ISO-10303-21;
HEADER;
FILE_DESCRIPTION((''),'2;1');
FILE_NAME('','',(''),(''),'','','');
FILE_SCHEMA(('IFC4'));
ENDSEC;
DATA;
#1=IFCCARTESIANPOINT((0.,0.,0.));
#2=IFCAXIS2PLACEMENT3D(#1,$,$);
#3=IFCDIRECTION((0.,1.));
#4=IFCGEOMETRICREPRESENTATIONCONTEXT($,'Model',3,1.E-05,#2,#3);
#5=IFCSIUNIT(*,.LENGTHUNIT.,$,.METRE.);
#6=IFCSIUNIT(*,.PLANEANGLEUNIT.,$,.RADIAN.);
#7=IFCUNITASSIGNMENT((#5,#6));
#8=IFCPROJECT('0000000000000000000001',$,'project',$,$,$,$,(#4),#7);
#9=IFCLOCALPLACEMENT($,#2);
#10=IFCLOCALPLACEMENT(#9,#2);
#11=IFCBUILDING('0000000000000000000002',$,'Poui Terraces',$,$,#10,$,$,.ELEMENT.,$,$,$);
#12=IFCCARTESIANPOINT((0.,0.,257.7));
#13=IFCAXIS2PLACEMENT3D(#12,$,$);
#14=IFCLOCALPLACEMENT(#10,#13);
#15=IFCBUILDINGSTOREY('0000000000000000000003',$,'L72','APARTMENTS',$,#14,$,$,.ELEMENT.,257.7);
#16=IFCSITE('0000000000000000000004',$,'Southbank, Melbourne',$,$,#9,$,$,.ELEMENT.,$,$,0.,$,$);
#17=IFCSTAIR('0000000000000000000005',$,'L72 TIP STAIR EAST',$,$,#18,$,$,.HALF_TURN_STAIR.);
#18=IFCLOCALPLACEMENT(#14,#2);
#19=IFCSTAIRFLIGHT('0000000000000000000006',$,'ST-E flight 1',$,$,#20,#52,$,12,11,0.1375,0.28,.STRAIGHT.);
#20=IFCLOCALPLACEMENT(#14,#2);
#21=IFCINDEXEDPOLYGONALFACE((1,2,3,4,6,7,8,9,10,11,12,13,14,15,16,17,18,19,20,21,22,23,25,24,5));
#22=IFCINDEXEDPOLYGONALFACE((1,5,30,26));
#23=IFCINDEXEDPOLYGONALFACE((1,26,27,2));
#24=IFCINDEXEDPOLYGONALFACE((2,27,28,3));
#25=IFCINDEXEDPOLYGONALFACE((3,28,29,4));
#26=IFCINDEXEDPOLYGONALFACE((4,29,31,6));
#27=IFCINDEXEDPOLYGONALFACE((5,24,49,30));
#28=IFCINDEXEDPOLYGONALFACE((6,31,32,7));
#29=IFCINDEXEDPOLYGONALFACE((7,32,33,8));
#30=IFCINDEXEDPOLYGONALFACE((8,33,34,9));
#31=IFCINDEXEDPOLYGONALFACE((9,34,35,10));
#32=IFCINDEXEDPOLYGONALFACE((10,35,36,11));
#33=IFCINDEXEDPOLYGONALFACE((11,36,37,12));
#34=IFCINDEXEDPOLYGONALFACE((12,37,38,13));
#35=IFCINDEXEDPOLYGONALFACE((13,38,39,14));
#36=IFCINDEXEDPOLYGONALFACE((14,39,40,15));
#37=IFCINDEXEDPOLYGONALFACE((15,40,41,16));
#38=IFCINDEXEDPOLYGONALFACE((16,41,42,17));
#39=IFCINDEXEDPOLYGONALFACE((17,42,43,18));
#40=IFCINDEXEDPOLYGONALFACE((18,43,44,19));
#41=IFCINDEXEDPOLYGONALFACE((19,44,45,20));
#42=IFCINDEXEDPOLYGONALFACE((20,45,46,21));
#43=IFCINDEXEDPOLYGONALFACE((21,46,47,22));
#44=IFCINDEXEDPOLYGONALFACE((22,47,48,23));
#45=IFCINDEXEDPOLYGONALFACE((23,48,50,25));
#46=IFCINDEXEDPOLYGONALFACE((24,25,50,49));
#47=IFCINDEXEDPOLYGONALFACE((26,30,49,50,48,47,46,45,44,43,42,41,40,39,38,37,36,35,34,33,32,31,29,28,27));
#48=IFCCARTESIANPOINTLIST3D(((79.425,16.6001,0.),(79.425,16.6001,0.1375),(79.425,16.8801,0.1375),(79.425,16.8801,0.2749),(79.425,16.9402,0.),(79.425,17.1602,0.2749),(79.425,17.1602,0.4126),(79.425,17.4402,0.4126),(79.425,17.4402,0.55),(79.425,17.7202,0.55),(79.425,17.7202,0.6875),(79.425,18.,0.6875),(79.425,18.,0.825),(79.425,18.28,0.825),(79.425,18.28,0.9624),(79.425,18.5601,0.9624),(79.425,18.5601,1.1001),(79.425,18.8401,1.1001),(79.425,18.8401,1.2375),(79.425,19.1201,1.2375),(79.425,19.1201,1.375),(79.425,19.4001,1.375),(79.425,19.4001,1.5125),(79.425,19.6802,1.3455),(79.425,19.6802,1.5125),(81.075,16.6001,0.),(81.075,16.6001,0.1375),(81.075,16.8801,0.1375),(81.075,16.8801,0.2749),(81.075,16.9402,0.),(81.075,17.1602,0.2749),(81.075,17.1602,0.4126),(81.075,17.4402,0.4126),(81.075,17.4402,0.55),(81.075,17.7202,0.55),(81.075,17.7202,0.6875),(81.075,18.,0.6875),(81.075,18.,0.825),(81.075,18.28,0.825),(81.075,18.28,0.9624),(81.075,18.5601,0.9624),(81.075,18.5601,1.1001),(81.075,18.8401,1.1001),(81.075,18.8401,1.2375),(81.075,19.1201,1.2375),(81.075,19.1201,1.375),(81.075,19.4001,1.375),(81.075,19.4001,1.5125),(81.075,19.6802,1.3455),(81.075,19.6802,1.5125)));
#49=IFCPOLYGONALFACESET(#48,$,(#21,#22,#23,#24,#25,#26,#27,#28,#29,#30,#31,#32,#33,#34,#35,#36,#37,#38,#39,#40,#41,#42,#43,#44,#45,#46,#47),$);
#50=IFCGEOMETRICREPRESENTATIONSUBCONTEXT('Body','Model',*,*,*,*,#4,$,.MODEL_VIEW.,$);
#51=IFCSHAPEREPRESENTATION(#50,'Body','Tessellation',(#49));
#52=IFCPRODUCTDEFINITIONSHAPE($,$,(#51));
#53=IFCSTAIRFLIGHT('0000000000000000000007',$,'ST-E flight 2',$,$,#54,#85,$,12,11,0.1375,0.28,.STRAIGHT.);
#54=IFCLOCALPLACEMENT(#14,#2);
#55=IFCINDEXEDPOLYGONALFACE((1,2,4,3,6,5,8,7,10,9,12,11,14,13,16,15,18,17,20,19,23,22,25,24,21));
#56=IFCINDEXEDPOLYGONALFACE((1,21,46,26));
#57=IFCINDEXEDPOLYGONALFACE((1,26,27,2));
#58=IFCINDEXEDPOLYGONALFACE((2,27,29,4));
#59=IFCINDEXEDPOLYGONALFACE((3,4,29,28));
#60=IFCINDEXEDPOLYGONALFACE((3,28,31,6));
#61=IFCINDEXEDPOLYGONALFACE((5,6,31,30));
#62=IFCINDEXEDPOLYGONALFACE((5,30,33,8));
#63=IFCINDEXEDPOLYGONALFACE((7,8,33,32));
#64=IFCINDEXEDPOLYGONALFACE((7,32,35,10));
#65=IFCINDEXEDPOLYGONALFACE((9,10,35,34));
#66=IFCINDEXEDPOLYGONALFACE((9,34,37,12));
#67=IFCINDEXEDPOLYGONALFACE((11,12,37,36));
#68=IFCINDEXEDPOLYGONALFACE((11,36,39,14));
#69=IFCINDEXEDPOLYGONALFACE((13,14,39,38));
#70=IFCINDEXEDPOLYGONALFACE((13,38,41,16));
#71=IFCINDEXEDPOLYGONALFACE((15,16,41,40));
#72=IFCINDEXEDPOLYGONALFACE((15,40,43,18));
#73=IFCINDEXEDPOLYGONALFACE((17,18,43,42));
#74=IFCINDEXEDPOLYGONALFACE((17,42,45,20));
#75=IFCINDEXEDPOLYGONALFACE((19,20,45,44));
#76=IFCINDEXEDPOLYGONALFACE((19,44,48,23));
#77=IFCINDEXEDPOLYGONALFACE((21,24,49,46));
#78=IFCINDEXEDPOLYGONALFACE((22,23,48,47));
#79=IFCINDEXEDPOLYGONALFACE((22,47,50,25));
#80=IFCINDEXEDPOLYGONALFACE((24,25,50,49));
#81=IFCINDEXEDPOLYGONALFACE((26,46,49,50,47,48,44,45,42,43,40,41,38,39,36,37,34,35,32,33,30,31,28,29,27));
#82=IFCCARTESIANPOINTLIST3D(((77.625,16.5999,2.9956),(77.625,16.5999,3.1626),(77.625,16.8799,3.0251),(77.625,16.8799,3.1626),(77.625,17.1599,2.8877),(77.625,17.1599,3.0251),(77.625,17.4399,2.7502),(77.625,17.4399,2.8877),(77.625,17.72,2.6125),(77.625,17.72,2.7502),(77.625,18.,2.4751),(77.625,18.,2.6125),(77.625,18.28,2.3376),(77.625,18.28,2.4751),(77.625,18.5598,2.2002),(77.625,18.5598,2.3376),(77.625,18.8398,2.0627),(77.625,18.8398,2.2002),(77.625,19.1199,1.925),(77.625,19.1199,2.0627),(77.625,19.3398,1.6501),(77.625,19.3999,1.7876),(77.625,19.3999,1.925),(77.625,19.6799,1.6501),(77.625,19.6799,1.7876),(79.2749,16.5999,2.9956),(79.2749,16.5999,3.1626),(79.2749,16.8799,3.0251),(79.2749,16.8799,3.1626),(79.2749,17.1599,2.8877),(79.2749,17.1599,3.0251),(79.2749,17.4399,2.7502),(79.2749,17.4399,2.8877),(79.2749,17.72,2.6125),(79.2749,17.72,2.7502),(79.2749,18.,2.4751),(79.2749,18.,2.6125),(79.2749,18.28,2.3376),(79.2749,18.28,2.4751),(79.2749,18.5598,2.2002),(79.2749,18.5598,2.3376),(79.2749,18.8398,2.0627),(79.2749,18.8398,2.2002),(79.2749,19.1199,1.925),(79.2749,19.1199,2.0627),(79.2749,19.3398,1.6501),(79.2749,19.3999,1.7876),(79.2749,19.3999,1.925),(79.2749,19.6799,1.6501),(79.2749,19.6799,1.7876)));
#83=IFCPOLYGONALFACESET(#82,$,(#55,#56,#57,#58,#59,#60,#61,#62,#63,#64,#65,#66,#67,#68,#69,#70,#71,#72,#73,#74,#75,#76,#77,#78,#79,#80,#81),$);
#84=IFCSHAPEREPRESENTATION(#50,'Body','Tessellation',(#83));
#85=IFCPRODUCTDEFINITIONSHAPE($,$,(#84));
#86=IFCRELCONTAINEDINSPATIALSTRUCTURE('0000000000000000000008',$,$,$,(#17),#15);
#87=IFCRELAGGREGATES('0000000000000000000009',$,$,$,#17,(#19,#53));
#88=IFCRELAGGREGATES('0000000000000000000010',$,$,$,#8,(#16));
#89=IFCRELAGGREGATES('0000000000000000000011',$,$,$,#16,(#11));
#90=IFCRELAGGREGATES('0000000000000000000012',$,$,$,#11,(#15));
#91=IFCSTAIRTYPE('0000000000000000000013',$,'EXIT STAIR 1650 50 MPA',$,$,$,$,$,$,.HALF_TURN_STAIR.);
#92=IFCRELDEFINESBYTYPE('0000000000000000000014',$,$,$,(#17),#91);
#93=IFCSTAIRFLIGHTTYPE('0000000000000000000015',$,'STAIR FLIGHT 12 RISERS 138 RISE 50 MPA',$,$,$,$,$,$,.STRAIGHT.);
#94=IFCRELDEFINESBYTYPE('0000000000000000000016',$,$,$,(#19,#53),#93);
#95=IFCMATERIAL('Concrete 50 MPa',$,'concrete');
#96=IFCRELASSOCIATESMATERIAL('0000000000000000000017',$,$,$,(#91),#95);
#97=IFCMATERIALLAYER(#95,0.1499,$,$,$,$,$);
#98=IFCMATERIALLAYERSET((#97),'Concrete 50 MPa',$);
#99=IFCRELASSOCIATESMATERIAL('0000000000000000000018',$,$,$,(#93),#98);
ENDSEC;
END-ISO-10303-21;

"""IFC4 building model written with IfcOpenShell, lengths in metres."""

from ifc_helpers import new_model, si_unit, direction, frame, origin, place, context, subcontext, project, spatial, polyline, outline, extrude, material, layer, layer_set, type_object, element, aggregate, save


model = new_model("IFC4")

# Units and contexts
model_context = context("Model", 3, precision=1e-05, world=origin(), true_north=direction((0.0, 1.0)))
body_context = subcontext(model_context, "Body", "Model", "MODEL_VIEW")
ifc_project = project(units=[si_unit("LENGTHUNIT", "METRE"), si_unit("PLANEANGLEUNIT", "RADIAN")], contexts=[model_context])

# Site, building, storey
site_placement = place(None, origin())
site = spatial("IfcSite", under=ifc_project, at=site_placement, Name="Southbank, Melbourne", CompositionType="ELEMENT", RefElevation=0.0)
building_placement = place(site_placement, origin())
building = spatial("IfcBuilding", under=site, at=building_placement, Name="Poui Terraces", CompositionType="ELEMENT")
storey_placement = place(building_placement, frame((0.0, 0.0, 257.7)))
storey = spatial("IfcBuildingStorey", under=building, at=storey_placement, Name="L72", Description="APARTMENTS", CompositionType="ELEMENT", Elevation=257.7)

# Shared definitions
ifc_material_1 = material(Name="Concrete 50 MPa", Category="concrete")

# Stair, stair flights
stair_type = type_object("IfcStairType", Name="EXIT STAIR 1650 50 MPA", PredefinedType="HALF_TURN_STAIR", material=ifc_material_1)
ifc_layer_1 = layer(ifc_material_1, 0.1499)
ifc_layer_set_1 = layer_set([ifc_layer_1], Name="Concrete 50 MPa")
stair_flight_type = type_object("IfcStairFlightType", Name="STAIR FLIGHT 12 RISERS 138 RISE 50 MPA", PredefinedType="STRAIGHT", material=ifc_layer_set_1)
stair_1_placement = place(storey_placement, origin())
stair_1 = element("IfcStair", 1, at=stair_1_placement, inside=storey, type_object=stair_type, Name="L72 TIP STAIR EAST", PredefinedType="HALF_TURN_STAIR")
stair_flight_1_placement = place(storey_placement, frame((80.25, 16.6001, 0.0), z_axis=(0.0, 0.0, 1.0), x_axis=(0.0, 1.0, 0.0)))
stair_flight_1 = element("IfcStairFlight", 2, at=stair_flight_1_placement, type_object=stair_flight_type, Name="ST-E flight 1", NumberOfRisers=12, NumberOfTreads=11, PredefinedType="STRAIGHT", RiserHeight=0.1375, TreadLength=0.28, context=body_context, shape_type="SweptSolid", body=[
    extrude(outline(polyline([(0.0, 0.0), (0.0, 0.1375), (0.28, 0.1375), (0.28, 0.2749), (0.5601, 0.2749), (0.5601, 0.4126), (0.8401, 0.4126), (0.8401, 0.55), (1.1201, 0.55), (1.1201, 0.6875), (1.3999, 0.6875), (1.3999, 0.825), (1.6799, 0.825), (1.6799, 0.9624), (1.96, 0.9624), (1.96, 1.1001), (2.24, 1.1001), (2.24, 1.2375), (2.52, 1.2375), (2.52, 1.375), (2.8, 1.375), (2.8, 1.5125), (3.0801, 1.5125), (3.0801, 1.6499), (3.0801, 1.3455), (0.3401, 0.0), (0.0, 0.0)])), frame((0.0, 0.825, 0.0), z_axis=(0.0, -1.0, 0.0), x_axis=(1.0, 0.0, 0.0)), (0.0, 0.0, 1.0), 1.6499),
])
stair_flight_2_placement = place(storey_placement, frame((78.45, 19.6799, 1.6501), z_axis=(0.0, 0.0, 1.0), x_axis=(0.0, -1.0, 0.0)))
stair_flight_2 = element("IfcStairFlight", 3, at=stair_flight_2_placement, type_object=stair_flight_type, Name="ST-E flight 2", NumberOfRisers=12, NumberOfTreads=11, PredefinedType="STRAIGHT", RiserHeight=0.1375, TreadLength=0.28, context=body_context, shape_type="SweptSolid", body=[
    extrude(outline(polyline([(0.0, 0.0), (0.0, 0.1375), (0.28, 0.1375), (0.28, 0.2749), (0.5601, 0.2749), (0.5601, 0.4126), (0.8401, 0.4126), (0.8401, 0.55), (1.1201, 0.55), (1.1201, 0.6875), (1.3999, 0.6875), (1.3999, 0.825), (1.6799, 0.825), (1.6799, 0.9624), (1.96, 0.9624), (1.96, 1.1001), (2.24, 1.1001), (2.24, 1.2375), (2.52, 1.2375), (2.52, 1.375), (2.8, 1.375), (2.8, 1.5125), (3.0801, 1.5125), (3.0801, 1.6499), (3.0801, 1.3455), (0.3401, 0.0), (0.0, 0.0)])), frame((0.0, 0.825, 0.0), z_axis=(0.0, -1.0, 0.0), x_axis=(1.0, 0.0, 0.0)), (0.0, 0.0, 1.0), 1.6499),
])
aggregate(stair_1, [stair_flight_1, stair_flight_2])

save(model, "model.ifc")
